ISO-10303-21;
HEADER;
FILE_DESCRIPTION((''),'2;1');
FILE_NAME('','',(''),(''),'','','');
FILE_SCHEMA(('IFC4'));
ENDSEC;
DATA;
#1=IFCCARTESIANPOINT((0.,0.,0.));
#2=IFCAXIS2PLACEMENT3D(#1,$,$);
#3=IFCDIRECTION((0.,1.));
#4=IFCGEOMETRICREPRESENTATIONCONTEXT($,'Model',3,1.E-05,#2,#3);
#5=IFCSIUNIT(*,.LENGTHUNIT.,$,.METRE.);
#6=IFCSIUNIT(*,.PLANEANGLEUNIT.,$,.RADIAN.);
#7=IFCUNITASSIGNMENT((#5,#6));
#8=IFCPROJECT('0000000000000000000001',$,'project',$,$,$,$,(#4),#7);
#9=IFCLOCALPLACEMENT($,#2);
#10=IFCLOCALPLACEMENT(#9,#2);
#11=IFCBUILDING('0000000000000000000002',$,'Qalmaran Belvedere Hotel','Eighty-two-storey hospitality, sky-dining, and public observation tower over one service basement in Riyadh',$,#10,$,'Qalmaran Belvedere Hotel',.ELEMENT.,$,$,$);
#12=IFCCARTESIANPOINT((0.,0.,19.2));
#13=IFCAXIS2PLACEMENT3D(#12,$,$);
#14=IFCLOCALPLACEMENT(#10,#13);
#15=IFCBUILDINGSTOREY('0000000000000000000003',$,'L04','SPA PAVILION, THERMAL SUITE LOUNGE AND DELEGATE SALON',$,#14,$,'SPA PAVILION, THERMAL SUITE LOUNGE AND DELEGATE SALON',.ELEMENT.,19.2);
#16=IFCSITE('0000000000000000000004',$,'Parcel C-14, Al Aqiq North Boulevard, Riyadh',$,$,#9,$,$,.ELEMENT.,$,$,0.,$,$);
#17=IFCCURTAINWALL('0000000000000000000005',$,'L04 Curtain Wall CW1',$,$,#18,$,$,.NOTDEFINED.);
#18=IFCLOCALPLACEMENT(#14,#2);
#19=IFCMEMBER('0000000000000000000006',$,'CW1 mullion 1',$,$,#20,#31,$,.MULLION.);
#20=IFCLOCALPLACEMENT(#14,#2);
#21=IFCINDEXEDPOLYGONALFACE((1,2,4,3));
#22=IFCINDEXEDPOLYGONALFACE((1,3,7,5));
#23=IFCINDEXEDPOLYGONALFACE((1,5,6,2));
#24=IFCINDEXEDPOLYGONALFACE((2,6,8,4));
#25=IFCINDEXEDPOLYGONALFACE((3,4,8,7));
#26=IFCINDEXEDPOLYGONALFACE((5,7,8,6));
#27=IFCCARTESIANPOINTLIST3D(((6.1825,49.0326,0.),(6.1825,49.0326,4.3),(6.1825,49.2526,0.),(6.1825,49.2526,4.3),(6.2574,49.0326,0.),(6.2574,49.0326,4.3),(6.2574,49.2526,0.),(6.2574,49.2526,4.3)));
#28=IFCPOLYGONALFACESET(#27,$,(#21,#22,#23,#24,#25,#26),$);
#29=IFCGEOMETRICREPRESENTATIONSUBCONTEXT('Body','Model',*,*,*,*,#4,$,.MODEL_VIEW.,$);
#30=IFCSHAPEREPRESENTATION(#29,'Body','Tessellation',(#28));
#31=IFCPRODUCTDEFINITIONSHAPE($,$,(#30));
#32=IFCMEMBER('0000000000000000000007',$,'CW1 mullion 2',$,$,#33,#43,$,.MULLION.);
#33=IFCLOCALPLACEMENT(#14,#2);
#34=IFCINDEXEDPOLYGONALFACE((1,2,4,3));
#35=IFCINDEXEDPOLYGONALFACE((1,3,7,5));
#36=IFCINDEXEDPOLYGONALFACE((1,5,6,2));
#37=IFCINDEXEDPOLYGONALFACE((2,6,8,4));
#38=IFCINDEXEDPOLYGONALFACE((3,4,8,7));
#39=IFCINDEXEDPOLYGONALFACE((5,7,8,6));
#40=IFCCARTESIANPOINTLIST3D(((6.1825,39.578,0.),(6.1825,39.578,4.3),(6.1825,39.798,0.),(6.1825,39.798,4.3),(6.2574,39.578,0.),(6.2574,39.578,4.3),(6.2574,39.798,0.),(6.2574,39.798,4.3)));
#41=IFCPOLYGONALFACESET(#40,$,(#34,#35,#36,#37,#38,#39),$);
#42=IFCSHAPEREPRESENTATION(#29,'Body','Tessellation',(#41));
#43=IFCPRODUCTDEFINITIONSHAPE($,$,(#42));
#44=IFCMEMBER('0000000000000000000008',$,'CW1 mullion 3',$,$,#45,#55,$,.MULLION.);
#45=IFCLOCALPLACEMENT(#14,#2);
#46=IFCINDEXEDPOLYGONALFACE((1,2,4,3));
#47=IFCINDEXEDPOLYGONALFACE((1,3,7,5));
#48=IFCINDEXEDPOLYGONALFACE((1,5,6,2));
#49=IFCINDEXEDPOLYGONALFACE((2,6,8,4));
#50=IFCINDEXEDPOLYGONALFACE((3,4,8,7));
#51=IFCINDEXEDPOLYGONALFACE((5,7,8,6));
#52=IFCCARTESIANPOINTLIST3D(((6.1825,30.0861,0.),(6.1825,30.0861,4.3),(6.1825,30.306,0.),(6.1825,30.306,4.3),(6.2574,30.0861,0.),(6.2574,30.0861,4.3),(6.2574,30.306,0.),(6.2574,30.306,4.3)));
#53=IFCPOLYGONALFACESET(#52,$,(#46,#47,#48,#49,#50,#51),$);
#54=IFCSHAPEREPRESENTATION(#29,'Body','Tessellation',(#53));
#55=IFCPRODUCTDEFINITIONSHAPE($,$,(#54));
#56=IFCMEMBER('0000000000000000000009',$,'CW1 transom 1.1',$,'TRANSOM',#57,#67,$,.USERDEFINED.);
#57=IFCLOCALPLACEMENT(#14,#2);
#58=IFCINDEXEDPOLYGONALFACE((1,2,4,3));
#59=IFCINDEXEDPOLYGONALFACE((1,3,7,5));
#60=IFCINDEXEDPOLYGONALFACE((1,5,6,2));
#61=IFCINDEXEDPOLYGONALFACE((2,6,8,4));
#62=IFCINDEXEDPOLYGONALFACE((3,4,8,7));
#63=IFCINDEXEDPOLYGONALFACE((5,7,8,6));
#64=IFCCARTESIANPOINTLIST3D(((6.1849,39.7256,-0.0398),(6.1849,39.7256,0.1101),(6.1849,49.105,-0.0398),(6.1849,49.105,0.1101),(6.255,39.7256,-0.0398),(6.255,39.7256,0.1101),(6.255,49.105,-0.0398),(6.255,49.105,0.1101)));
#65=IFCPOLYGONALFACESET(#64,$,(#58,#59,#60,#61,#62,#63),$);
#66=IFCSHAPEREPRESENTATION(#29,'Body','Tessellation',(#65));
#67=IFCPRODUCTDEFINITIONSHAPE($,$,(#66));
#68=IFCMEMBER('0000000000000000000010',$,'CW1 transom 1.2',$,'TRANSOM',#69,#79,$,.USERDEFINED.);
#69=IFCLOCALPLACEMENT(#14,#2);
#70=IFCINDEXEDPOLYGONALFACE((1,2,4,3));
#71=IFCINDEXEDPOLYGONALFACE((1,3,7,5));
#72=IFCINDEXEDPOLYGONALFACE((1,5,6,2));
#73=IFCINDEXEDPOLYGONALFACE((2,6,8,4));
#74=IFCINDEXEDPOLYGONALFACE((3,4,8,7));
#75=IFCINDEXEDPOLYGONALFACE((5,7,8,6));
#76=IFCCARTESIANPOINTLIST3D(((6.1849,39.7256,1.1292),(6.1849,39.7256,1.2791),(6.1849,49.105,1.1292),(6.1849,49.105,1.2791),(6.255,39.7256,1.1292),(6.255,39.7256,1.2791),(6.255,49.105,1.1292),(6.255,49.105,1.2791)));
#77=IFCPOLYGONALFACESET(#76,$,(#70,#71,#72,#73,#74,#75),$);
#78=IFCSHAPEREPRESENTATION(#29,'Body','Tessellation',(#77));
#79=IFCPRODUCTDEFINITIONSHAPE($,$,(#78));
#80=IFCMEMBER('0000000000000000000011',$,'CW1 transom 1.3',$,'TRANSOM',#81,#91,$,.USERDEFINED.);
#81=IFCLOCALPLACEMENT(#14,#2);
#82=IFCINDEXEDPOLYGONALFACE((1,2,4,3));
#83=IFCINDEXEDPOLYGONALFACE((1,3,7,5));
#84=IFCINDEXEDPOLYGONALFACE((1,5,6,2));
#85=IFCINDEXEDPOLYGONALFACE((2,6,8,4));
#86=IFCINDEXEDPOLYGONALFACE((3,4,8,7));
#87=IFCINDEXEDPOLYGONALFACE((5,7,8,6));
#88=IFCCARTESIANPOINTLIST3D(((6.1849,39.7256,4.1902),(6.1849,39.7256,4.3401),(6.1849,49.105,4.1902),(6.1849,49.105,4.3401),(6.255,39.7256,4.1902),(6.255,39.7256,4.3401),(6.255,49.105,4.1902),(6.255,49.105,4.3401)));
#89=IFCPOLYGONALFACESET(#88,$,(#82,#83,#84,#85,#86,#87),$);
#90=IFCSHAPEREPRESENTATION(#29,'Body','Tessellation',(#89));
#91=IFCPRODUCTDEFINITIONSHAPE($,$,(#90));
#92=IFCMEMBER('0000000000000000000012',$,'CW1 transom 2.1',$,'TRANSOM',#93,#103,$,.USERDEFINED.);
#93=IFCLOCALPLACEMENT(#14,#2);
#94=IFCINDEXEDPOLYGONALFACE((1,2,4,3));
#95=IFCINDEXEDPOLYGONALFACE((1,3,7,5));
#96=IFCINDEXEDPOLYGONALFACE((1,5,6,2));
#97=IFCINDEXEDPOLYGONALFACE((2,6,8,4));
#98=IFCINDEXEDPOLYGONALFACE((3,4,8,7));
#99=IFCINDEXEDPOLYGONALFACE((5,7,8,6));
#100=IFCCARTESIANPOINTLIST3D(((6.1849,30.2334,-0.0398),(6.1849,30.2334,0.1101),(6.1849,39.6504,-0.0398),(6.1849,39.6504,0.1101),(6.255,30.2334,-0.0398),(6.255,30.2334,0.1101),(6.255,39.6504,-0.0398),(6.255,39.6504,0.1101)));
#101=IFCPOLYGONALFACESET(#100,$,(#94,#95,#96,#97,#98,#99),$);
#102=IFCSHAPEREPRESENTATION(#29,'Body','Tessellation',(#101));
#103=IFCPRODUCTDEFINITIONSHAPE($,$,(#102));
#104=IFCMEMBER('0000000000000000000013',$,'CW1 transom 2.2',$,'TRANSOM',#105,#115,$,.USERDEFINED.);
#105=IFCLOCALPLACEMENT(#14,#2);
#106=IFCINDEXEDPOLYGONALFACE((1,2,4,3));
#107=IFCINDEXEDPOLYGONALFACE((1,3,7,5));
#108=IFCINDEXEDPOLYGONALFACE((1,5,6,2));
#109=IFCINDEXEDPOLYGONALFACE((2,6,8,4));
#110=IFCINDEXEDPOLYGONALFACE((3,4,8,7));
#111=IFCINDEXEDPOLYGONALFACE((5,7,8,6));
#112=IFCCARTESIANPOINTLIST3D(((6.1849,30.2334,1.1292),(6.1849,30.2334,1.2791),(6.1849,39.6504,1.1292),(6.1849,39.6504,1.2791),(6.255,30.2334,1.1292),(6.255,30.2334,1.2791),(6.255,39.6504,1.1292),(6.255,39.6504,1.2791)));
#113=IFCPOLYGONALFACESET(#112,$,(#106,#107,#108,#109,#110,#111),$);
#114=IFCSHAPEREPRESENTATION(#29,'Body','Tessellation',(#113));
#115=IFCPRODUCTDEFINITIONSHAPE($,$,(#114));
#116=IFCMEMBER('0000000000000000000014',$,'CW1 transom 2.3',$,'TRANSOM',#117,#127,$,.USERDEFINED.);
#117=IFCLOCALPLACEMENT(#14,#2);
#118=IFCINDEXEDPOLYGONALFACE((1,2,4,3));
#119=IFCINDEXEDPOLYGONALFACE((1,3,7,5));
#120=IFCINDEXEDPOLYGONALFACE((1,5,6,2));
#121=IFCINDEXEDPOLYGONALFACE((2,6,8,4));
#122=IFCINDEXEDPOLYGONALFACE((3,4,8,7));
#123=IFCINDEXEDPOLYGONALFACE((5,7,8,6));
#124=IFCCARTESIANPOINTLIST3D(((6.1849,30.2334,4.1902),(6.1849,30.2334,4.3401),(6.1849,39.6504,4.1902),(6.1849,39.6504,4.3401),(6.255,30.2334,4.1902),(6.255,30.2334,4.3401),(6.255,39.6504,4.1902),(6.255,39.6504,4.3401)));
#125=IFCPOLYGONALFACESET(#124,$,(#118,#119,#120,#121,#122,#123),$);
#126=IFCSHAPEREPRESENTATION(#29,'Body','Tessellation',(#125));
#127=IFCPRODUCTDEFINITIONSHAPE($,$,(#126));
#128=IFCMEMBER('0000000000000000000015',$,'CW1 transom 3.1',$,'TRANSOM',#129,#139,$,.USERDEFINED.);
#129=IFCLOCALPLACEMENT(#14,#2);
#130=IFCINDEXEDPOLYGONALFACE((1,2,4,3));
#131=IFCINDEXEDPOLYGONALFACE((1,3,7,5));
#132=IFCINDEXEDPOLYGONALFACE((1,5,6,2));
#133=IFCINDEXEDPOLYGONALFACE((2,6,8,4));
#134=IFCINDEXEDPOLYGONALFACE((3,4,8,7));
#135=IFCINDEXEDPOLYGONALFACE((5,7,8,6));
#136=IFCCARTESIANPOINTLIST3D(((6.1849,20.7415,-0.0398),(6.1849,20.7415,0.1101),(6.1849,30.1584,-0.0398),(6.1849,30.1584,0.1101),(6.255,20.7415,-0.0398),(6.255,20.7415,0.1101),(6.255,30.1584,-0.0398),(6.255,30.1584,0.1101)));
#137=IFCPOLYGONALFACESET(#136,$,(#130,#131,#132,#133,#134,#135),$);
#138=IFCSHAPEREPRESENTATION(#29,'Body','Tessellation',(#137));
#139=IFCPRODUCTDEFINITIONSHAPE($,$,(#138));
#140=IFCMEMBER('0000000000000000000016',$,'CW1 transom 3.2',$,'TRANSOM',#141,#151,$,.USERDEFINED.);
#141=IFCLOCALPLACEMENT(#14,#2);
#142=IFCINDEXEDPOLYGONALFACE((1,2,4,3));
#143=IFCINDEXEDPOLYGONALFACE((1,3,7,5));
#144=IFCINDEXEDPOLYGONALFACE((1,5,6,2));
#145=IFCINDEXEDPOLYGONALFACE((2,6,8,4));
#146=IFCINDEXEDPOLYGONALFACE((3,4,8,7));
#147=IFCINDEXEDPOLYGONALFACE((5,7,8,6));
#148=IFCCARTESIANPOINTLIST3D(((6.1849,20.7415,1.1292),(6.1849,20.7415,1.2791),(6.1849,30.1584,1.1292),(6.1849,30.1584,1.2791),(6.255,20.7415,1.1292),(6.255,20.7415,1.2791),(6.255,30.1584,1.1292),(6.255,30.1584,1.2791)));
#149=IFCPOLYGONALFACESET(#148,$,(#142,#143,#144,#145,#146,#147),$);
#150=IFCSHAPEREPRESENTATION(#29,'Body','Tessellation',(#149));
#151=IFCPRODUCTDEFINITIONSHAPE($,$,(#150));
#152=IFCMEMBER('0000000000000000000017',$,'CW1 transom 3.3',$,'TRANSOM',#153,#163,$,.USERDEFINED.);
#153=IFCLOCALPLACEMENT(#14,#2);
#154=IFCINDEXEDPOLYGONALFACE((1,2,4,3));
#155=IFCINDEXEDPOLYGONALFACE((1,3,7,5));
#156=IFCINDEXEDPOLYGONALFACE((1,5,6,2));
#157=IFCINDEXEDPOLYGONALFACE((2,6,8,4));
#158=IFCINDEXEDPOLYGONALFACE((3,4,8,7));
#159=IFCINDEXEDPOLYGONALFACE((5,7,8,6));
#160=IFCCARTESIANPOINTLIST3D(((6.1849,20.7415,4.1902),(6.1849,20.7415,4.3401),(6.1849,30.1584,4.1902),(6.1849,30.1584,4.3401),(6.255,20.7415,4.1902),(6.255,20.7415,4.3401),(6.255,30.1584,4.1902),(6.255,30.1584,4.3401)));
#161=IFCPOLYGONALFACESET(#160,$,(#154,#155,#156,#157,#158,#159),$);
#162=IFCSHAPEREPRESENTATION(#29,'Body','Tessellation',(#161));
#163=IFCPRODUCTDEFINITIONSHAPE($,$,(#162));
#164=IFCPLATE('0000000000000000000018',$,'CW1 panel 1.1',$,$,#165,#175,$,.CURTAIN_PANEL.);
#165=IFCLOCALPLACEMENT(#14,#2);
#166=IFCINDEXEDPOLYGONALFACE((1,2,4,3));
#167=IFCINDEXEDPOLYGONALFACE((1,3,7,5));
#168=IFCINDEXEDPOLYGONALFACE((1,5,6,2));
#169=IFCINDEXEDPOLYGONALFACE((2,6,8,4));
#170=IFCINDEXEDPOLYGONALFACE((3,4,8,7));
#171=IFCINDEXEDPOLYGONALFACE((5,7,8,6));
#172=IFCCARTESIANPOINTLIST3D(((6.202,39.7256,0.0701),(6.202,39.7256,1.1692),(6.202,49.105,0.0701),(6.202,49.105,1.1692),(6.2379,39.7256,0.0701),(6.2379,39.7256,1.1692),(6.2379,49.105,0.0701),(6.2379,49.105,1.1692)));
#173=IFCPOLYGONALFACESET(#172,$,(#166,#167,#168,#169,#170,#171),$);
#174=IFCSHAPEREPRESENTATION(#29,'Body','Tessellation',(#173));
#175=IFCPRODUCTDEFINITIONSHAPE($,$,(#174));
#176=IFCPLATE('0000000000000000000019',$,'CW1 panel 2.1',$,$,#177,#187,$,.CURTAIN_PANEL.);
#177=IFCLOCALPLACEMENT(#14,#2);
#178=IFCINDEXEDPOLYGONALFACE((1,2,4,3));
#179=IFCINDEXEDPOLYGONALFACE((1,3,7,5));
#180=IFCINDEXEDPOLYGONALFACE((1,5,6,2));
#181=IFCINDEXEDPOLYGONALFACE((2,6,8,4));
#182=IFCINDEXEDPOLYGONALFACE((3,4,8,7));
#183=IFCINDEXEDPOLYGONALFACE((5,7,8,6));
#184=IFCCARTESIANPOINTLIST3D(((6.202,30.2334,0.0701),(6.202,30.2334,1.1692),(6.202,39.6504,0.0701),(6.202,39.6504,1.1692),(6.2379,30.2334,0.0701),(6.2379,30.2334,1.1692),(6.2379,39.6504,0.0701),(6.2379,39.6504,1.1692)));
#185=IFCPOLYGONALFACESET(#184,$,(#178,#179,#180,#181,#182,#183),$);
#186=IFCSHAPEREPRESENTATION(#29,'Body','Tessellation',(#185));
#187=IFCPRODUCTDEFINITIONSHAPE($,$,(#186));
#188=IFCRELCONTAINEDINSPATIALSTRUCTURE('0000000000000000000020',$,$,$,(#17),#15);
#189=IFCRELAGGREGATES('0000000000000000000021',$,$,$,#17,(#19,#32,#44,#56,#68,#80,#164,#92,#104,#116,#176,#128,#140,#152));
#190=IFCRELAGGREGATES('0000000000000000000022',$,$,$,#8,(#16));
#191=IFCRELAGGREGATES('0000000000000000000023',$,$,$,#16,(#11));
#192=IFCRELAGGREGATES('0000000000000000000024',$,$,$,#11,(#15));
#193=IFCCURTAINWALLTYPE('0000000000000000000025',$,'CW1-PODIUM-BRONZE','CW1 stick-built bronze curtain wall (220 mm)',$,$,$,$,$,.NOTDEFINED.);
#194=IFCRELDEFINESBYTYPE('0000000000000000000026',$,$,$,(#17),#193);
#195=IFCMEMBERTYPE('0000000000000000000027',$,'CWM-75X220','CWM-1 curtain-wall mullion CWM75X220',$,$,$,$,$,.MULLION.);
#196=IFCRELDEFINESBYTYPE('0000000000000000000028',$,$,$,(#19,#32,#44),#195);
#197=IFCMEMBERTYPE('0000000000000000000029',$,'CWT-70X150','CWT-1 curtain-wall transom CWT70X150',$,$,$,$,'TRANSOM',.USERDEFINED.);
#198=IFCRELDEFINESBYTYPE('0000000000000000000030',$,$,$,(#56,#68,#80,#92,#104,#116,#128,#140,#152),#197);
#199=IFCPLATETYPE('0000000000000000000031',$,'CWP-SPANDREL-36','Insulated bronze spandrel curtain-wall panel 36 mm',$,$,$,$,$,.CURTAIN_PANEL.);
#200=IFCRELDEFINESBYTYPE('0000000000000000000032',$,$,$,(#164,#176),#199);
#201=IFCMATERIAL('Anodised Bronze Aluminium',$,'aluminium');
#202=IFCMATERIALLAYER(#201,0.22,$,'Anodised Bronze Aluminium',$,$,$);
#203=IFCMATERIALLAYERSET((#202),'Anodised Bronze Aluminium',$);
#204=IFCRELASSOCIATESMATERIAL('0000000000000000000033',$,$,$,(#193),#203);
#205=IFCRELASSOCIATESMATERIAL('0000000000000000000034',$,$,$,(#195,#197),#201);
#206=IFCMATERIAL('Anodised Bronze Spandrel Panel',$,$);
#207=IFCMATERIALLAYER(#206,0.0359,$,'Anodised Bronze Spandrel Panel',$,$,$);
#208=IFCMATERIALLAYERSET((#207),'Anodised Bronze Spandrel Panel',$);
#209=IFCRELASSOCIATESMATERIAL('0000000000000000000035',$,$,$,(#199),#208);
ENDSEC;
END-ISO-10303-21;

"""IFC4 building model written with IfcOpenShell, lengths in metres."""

from ifc_helpers import new_model, si_unit, direction, frame, origin, origin_2d, place, context, subcontext, project, spatial, rectangle, extrude, material, layer, layer_set, material_profile, profile_set, type_object, element, aggregate, save


model = new_model("IFC4")

# Units and contexts
model_context = context("Model", 3, precision=1e-05, world=origin(), true_north=direction((0.0, 1.0)))
body_context = subcontext(model_context, "Body", "Model", "MODEL_VIEW")
ifc_project = project(units=[si_unit("LENGTHUNIT", "METRE"), si_unit("PLANEANGLEUNIT", "RADIAN")], contexts=[model_context])

# Site, building, storey
site_placement = place(None, origin())
site = spatial("IfcSite", under=ifc_project, at=site_placement, Name="Parcel C-14, Al Aqiq North Boulevard, Riyadh", CompositionType="ELEMENT", RefElevation=0.0)
building_placement = place(site_placement, origin())
building = spatial("IfcBuilding", under=site, at=building_placement, Name="Qalmaran Belvedere Hotel", Description="Eighty-two-storey hospitality, sky-dining, and public observation tower over one service basement in Riyadh", LongName="Qalmaran Belvedere Hotel", CompositionType="ELEMENT")
storey_placement = place(building_placement, frame((0.0, 0.0, 19.2)))
storey = spatial("IfcBuildingStorey", under=building, at=storey_placement, Name="L04", Description="SPA PAVILION, THERMAL SUITE LOUNGE AND DELEGATE SALON", LongName="SPA PAVILION, THERMAL SUITE LOUNGE AND DELEGATE SALON", CompositionType="ELEMENT", Elevation=19.2)

# Curtain wall, members, plates
ifc_material_1 = material(Name="Anodised Bronze Aluminium", Category="aluminium")
ifc_layer_1 = layer(ifc_material_1, 0.22, Name="Anodised Bronze Aluminium")
ifc_layer_set_1 = layer_set([ifc_layer_1], Name="Anodised Bronze Aluminium")
curtain_wall_type = type_object("IfcCurtainWallType", Name="CW1-PODIUM-BRONZE", Description="CW1 stick-built bronze curtain wall (220 mm)", PredefinedType="NOTDEFINED", material=ifc_layer_set_1)
curtain_wall_placement = place(storey_placement, origin())
curtain_wall = element("IfcCurtainWall", 1, at=curtain_wall_placement, inside=storey, type_object=curtain_wall_type, Name="L04 Curtain Wall CW1", PredefinedType="NOTDEFINED")
ifc_material_profile_1 = material_profile(ifc_material_1, rectangle(XDim=0.075, YDim=0.22, at=origin_2d()), Name="CWM75X220")
ifc_profile_set_1 = profile_set([ifc_material_profile_1], Name="Anodised Bronze Aluminium")
member_type_1 = type_object("IfcMemberType", Name="CWM-75X220", Description="CWM-1 curtain-wall mullion CWM75X220", PredefinedType="MULLION", material=ifc_profile_set_1)
member_1_placement = place(storey_placement, frame((6.22, 49.1426, 0.0), z_axis=(0.0, 0.0, 1.0), x_axis=(1.0, 0.0, 0.0)))
member_1 = element("IfcMember", 2, at=member_1_placement, type_object=member_type_1, Name="CW1 mullion 1", PredefinedType="MULLION", context=body_context, shape_type="SweptSolid", body=[
    extrude(rectangle(XDim=0.075, YDim=0.22, at=origin_2d()), origin(), (0.0, 0.0, 1.0), 4.3),
])
member_2_placement = place(storey_placement, frame((6.22, 39.688, 0.0), z_axis=(0.0, 0.0, 1.0), x_axis=(1.0, 0.0, 0.0)))
member_2 = element("IfcMember", 3, at=member_2_placement, type_object=member_type_1, Name="CW1 mullion 2", PredefinedType="MULLION", context=body_context, shape_type="SweptSolid", body=[
    extrude(rectangle(XDim=0.075, YDim=0.22, at=origin_2d()), origin(), (0.0, 0.0, 1.0), 4.3),
])
member_3_placement = place(storey_placement, frame((6.22, 30.196, 0.0), z_axis=(0.0, 0.0, 1.0), x_axis=(1.0, 0.0, 0.0)))
member_3 = element("IfcMember", 4, at=member_3_placement, type_object=member_type_1, Name="CW1 mullion 3", PredefinedType="MULLION", context=body_context, shape_type="SweptSolid", body=[
    extrude(rectangle(XDim=0.075, YDim=0.22, at=origin_2d()), origin(), (0.0, 0.0, 1.0), 4.3),
])
ifc_material_profile_2 = material_profile(ifc_material_1, rectangle(XDim=0.0701, YDim=0.1499, at=origin_2d()), Name="CWT70X150")
ifc_profile_set_2 = profile_set([ifc_material_profile_2], Name="Anodised Bronze Aluminium")
member_type_2 = type_object("IfcMemberType", Name="CWT-70X150", Description="CWT-1 curtain-wall transom CWT70X150", ElementType="TRANSOM", PredefinedType="USERDEFINED", material=ifc_profile_set_2)
member_4_placement = place(storey_placement, frame((6.22, 49.105, 0.0352), z_axis=(0.0, -1.0, 0.0), x_axis=(1.0, 0.0, 0.0)))
member_4 = element("IfcMember", 5, at=member_4_placement, type_object=member_type_2, Name="CW1 transom 1.1", ObjectType="TRANSOM", PredefinedType="USERDEFINED", context=body_context, shape_type="SweptSolid", body=[
    extrude(rectangle(XDim=0.0701, YDim=0.1499, at=origin_2d()), origin(), (0.0, 0.0, 1.0), 9.3794),
])
member_5_placement = place(storey_placement, frame((6.22, 49.105, 1.2041), z_axis=(0.0, -1.0, 0.0), x_axis=(1.0, 0.0, 0.0)))
member_5 = element("IfcMember", 6, at=member_5_placement, type_object=member_type_2, Name="CW1 transom 1.2", ObjectType="TRANSOM", PredefinedType="USERDEFINED", context=body_context, shape_type="SweptSolid", body=[
    extrude(rectangle(XDim=0.0701, YDim=0.1499, at=origin_2d()), origin(), (0.0, 0.0, 1.0), 9.3794),
])
member_6_placement = place(storey_placement, frame((6.22, 49.105, 4.2651), z_axis=(0.0, -1.0, 0.0), x_axis=(1.0, 0.0, 0.0)))
member_6 = element("IfcMember", 7, at=member_6_placement, type_object=member_type_2, Name="CW1 transom 1.3", ObjectType="TRANSOM", PredefinedType="USERDEFINED", context=body_context, shape_type="SweptSolid", body=[
    extrude(rectangle(XDim=0.0701, YDim=0.1499, at=origin_2d()), origin(), (0.0, 0.0, 1.0), 9.3794),
])
member_7_placement = place(storey_placement, frame((6.22, 39.6504, 0.0352), z_axis=(0.0, -1.0, 0.0), x_axis=(1.0, 0.0, 0.0)))
member_7 = element("IfcMember", 8, at=member_7_placement, type_object=member_type_2, Name="CW1 transom 2.1", ObjectType="TRANSOM", PredefinedType="USERDEFINED", context=body_context, shape_type="SweptSolid", body=[
    extrude(rectangle(XDim=0.0701, YDim=0.1499, at=origin_2d()), origin(), (0.0, 0.0, 1.0), 9.417),
])
member_8_placement = place(storey_placement, frame((6.22, 39.6504, 1.2041), z_axis=(0.0, -1.0, 0.0), x_axis=(1.0, 0.0, 0.0)))
member_8 = element("IfcMember", 9, at=member_8_placement, type_object=member_type_2, Name="CW1 transom 2.2", ObjectType="TRANSOM", PredefinedType="USERDEFINED", context=body_context, shape_type="SweptSolid", body=[
    extrude(rectangle(XDim=0.0701, YDim=0.1499, at=origin_2d()), origin(), (0.0, 0.0, 1.0), 9.417),
])
member_9_placement = place(storey_placement, frame((6.22, 39.6504, 4.2651), z_axis=(0.0, -1.0, 0.0), x_axis=(1.0, 0.0, 0.0)))
member_9 = element("IfcMember", 10, at=member_9_placement, type_object=member_type_2, Name="CW1 transom 2.3", ObjectType="TRANSOM", PredefinedType="USERDEFINED", context=body_context, shape_type="SweptSolid", body=[
    extrude(rectangle(XDim=0.0701, YDim=0.1499, at=origin_2d()), origin(), (0.0, 0.0, 1.0), 9.417),
])
member_10_placement = place(storey_placement, frame((6.22, 30.1584, 0.0352), z_axis=(0.0, -1.0, 0.0), x_axis=(1.0, 0.0, 0.0)))
member_10 = element("IfcMember", 11, at=member_10_placement, type_object=member_type_2, Name="CW1 transom 3.1", ObjectType="TRANSOM", PredefinedType="USERDEFINED", context=body_context, shape_type="SweptSolid", body=[
    extrude(rectangle(XDim=0.0701, YDim=0.1499, at=origin_2d()), origin(), (0.0, 0.0, 1.0), 9.417),
])
member_11_placement = place(storey_placement, frame((6.22, 30.1584, 1.2041), z_axis=(0.0, -1.0, 0.0), x_axis=(1.0, 0.0, 0.0)))
member_11 = element("IfcMember", 12, at=member_11_placement, type_object=member_type_2, Name="CW1 transom 3.2", ObjectType="TRANSOM", PredefinedType="USERDEFINED", context=body_context, shape_type="SweptSolid", body=[
    extrude(rectangle(XDim=0.0701, YDim=0.1499, at=origin_2d()), origin(), (0.0, 0.0, 1.0), 9.417),
])
member_12_placement = place(storey_placement, frame((6.22, 30.1584, 4.2651), z_axis=(0.0, -1.0, 0.0), x_axis=(1.0, 0.0, 0.0)))
member_12 = element("IfcMember", 13, at=member_12_placement, type_object=member_type_2, Name="CW1 transom 3.3", ObjectType="TRANSOM", PredefinedType="USERDEFINED", context=body_context, shape_type="SweptSolid", body=[
    extrude(rectangle(XDim=0.0701, YDim=0.1499, at=origin_2d()), origin(), (0.0, 0.0, 1.0), 9.417),
])
ifc_material_2 = material(Name="Anodised Bronze Spandrel Panel")
ifc_layer_2 = layer(ifc_material_2, 0.0359, Name="Anodised Bronze Spandrel Panel")
ifc_layer_set_2 = layer_set([ifc_layer_2], Name="Anodised Bronze Spandrel Panel")
plate_type_1 = type_object("IfcPlateType", Name="CWP-SPANDREL-36", Description="Insulated bronze spandrel curtain-wall panel 36 mm", PredefinedType="CURTAIN_PANEL", material=ifc_layer_set_2)
plate_1_placement = place(storey_placement, frame((6.22, 44.4153, 0.0701), z_axis=(0.0, 0.0, 1.0), x_axis=(0.0, -1.0, 0.0)))
plate_1 = element("IfcPlate", 14, at=plate_1_placement, type_object=plate_type_1, Name="CW1 panel 1.1", PredefinedType="CURTAIN_PANEL", context=body_context, shape_type="SweptSolid", body=[
    extrude(rectangle(XDim=9.3794, YDim=0.0359, at=origin_2d()), origin(), (0.0, 0.0, 1.0), 1.0991),
])
plate_2_placement = place(storey_placement, frame((6.22, 34.9419, 0.0701), z_axis=(0.0, 0.0, 1.0), x_axis=(0.0, -1.0, 0.0)))
plate_2 = element("IfcPlate", 15, at=plate_2_placement, type_object=plate_type_1, Name="CW1 panel 2.1", PredefinedType="CURTAIN_PANEL", context=body_context, shape_type="SweptSolid", body=[
    extrude(rectangle(XDim=9.417, YDim=0.0359, at=origin_2d()), origin(), (0.0, 0.0, 1.0), 1.0991),
])
aggregate(curtain_wall, [member_1, member_2, member_3, member_4, member_5, member_6, plate_1, member_7, member_8, member_9, plate_2, member_10, member_11, member_12])

save(model, "model.ifc")
